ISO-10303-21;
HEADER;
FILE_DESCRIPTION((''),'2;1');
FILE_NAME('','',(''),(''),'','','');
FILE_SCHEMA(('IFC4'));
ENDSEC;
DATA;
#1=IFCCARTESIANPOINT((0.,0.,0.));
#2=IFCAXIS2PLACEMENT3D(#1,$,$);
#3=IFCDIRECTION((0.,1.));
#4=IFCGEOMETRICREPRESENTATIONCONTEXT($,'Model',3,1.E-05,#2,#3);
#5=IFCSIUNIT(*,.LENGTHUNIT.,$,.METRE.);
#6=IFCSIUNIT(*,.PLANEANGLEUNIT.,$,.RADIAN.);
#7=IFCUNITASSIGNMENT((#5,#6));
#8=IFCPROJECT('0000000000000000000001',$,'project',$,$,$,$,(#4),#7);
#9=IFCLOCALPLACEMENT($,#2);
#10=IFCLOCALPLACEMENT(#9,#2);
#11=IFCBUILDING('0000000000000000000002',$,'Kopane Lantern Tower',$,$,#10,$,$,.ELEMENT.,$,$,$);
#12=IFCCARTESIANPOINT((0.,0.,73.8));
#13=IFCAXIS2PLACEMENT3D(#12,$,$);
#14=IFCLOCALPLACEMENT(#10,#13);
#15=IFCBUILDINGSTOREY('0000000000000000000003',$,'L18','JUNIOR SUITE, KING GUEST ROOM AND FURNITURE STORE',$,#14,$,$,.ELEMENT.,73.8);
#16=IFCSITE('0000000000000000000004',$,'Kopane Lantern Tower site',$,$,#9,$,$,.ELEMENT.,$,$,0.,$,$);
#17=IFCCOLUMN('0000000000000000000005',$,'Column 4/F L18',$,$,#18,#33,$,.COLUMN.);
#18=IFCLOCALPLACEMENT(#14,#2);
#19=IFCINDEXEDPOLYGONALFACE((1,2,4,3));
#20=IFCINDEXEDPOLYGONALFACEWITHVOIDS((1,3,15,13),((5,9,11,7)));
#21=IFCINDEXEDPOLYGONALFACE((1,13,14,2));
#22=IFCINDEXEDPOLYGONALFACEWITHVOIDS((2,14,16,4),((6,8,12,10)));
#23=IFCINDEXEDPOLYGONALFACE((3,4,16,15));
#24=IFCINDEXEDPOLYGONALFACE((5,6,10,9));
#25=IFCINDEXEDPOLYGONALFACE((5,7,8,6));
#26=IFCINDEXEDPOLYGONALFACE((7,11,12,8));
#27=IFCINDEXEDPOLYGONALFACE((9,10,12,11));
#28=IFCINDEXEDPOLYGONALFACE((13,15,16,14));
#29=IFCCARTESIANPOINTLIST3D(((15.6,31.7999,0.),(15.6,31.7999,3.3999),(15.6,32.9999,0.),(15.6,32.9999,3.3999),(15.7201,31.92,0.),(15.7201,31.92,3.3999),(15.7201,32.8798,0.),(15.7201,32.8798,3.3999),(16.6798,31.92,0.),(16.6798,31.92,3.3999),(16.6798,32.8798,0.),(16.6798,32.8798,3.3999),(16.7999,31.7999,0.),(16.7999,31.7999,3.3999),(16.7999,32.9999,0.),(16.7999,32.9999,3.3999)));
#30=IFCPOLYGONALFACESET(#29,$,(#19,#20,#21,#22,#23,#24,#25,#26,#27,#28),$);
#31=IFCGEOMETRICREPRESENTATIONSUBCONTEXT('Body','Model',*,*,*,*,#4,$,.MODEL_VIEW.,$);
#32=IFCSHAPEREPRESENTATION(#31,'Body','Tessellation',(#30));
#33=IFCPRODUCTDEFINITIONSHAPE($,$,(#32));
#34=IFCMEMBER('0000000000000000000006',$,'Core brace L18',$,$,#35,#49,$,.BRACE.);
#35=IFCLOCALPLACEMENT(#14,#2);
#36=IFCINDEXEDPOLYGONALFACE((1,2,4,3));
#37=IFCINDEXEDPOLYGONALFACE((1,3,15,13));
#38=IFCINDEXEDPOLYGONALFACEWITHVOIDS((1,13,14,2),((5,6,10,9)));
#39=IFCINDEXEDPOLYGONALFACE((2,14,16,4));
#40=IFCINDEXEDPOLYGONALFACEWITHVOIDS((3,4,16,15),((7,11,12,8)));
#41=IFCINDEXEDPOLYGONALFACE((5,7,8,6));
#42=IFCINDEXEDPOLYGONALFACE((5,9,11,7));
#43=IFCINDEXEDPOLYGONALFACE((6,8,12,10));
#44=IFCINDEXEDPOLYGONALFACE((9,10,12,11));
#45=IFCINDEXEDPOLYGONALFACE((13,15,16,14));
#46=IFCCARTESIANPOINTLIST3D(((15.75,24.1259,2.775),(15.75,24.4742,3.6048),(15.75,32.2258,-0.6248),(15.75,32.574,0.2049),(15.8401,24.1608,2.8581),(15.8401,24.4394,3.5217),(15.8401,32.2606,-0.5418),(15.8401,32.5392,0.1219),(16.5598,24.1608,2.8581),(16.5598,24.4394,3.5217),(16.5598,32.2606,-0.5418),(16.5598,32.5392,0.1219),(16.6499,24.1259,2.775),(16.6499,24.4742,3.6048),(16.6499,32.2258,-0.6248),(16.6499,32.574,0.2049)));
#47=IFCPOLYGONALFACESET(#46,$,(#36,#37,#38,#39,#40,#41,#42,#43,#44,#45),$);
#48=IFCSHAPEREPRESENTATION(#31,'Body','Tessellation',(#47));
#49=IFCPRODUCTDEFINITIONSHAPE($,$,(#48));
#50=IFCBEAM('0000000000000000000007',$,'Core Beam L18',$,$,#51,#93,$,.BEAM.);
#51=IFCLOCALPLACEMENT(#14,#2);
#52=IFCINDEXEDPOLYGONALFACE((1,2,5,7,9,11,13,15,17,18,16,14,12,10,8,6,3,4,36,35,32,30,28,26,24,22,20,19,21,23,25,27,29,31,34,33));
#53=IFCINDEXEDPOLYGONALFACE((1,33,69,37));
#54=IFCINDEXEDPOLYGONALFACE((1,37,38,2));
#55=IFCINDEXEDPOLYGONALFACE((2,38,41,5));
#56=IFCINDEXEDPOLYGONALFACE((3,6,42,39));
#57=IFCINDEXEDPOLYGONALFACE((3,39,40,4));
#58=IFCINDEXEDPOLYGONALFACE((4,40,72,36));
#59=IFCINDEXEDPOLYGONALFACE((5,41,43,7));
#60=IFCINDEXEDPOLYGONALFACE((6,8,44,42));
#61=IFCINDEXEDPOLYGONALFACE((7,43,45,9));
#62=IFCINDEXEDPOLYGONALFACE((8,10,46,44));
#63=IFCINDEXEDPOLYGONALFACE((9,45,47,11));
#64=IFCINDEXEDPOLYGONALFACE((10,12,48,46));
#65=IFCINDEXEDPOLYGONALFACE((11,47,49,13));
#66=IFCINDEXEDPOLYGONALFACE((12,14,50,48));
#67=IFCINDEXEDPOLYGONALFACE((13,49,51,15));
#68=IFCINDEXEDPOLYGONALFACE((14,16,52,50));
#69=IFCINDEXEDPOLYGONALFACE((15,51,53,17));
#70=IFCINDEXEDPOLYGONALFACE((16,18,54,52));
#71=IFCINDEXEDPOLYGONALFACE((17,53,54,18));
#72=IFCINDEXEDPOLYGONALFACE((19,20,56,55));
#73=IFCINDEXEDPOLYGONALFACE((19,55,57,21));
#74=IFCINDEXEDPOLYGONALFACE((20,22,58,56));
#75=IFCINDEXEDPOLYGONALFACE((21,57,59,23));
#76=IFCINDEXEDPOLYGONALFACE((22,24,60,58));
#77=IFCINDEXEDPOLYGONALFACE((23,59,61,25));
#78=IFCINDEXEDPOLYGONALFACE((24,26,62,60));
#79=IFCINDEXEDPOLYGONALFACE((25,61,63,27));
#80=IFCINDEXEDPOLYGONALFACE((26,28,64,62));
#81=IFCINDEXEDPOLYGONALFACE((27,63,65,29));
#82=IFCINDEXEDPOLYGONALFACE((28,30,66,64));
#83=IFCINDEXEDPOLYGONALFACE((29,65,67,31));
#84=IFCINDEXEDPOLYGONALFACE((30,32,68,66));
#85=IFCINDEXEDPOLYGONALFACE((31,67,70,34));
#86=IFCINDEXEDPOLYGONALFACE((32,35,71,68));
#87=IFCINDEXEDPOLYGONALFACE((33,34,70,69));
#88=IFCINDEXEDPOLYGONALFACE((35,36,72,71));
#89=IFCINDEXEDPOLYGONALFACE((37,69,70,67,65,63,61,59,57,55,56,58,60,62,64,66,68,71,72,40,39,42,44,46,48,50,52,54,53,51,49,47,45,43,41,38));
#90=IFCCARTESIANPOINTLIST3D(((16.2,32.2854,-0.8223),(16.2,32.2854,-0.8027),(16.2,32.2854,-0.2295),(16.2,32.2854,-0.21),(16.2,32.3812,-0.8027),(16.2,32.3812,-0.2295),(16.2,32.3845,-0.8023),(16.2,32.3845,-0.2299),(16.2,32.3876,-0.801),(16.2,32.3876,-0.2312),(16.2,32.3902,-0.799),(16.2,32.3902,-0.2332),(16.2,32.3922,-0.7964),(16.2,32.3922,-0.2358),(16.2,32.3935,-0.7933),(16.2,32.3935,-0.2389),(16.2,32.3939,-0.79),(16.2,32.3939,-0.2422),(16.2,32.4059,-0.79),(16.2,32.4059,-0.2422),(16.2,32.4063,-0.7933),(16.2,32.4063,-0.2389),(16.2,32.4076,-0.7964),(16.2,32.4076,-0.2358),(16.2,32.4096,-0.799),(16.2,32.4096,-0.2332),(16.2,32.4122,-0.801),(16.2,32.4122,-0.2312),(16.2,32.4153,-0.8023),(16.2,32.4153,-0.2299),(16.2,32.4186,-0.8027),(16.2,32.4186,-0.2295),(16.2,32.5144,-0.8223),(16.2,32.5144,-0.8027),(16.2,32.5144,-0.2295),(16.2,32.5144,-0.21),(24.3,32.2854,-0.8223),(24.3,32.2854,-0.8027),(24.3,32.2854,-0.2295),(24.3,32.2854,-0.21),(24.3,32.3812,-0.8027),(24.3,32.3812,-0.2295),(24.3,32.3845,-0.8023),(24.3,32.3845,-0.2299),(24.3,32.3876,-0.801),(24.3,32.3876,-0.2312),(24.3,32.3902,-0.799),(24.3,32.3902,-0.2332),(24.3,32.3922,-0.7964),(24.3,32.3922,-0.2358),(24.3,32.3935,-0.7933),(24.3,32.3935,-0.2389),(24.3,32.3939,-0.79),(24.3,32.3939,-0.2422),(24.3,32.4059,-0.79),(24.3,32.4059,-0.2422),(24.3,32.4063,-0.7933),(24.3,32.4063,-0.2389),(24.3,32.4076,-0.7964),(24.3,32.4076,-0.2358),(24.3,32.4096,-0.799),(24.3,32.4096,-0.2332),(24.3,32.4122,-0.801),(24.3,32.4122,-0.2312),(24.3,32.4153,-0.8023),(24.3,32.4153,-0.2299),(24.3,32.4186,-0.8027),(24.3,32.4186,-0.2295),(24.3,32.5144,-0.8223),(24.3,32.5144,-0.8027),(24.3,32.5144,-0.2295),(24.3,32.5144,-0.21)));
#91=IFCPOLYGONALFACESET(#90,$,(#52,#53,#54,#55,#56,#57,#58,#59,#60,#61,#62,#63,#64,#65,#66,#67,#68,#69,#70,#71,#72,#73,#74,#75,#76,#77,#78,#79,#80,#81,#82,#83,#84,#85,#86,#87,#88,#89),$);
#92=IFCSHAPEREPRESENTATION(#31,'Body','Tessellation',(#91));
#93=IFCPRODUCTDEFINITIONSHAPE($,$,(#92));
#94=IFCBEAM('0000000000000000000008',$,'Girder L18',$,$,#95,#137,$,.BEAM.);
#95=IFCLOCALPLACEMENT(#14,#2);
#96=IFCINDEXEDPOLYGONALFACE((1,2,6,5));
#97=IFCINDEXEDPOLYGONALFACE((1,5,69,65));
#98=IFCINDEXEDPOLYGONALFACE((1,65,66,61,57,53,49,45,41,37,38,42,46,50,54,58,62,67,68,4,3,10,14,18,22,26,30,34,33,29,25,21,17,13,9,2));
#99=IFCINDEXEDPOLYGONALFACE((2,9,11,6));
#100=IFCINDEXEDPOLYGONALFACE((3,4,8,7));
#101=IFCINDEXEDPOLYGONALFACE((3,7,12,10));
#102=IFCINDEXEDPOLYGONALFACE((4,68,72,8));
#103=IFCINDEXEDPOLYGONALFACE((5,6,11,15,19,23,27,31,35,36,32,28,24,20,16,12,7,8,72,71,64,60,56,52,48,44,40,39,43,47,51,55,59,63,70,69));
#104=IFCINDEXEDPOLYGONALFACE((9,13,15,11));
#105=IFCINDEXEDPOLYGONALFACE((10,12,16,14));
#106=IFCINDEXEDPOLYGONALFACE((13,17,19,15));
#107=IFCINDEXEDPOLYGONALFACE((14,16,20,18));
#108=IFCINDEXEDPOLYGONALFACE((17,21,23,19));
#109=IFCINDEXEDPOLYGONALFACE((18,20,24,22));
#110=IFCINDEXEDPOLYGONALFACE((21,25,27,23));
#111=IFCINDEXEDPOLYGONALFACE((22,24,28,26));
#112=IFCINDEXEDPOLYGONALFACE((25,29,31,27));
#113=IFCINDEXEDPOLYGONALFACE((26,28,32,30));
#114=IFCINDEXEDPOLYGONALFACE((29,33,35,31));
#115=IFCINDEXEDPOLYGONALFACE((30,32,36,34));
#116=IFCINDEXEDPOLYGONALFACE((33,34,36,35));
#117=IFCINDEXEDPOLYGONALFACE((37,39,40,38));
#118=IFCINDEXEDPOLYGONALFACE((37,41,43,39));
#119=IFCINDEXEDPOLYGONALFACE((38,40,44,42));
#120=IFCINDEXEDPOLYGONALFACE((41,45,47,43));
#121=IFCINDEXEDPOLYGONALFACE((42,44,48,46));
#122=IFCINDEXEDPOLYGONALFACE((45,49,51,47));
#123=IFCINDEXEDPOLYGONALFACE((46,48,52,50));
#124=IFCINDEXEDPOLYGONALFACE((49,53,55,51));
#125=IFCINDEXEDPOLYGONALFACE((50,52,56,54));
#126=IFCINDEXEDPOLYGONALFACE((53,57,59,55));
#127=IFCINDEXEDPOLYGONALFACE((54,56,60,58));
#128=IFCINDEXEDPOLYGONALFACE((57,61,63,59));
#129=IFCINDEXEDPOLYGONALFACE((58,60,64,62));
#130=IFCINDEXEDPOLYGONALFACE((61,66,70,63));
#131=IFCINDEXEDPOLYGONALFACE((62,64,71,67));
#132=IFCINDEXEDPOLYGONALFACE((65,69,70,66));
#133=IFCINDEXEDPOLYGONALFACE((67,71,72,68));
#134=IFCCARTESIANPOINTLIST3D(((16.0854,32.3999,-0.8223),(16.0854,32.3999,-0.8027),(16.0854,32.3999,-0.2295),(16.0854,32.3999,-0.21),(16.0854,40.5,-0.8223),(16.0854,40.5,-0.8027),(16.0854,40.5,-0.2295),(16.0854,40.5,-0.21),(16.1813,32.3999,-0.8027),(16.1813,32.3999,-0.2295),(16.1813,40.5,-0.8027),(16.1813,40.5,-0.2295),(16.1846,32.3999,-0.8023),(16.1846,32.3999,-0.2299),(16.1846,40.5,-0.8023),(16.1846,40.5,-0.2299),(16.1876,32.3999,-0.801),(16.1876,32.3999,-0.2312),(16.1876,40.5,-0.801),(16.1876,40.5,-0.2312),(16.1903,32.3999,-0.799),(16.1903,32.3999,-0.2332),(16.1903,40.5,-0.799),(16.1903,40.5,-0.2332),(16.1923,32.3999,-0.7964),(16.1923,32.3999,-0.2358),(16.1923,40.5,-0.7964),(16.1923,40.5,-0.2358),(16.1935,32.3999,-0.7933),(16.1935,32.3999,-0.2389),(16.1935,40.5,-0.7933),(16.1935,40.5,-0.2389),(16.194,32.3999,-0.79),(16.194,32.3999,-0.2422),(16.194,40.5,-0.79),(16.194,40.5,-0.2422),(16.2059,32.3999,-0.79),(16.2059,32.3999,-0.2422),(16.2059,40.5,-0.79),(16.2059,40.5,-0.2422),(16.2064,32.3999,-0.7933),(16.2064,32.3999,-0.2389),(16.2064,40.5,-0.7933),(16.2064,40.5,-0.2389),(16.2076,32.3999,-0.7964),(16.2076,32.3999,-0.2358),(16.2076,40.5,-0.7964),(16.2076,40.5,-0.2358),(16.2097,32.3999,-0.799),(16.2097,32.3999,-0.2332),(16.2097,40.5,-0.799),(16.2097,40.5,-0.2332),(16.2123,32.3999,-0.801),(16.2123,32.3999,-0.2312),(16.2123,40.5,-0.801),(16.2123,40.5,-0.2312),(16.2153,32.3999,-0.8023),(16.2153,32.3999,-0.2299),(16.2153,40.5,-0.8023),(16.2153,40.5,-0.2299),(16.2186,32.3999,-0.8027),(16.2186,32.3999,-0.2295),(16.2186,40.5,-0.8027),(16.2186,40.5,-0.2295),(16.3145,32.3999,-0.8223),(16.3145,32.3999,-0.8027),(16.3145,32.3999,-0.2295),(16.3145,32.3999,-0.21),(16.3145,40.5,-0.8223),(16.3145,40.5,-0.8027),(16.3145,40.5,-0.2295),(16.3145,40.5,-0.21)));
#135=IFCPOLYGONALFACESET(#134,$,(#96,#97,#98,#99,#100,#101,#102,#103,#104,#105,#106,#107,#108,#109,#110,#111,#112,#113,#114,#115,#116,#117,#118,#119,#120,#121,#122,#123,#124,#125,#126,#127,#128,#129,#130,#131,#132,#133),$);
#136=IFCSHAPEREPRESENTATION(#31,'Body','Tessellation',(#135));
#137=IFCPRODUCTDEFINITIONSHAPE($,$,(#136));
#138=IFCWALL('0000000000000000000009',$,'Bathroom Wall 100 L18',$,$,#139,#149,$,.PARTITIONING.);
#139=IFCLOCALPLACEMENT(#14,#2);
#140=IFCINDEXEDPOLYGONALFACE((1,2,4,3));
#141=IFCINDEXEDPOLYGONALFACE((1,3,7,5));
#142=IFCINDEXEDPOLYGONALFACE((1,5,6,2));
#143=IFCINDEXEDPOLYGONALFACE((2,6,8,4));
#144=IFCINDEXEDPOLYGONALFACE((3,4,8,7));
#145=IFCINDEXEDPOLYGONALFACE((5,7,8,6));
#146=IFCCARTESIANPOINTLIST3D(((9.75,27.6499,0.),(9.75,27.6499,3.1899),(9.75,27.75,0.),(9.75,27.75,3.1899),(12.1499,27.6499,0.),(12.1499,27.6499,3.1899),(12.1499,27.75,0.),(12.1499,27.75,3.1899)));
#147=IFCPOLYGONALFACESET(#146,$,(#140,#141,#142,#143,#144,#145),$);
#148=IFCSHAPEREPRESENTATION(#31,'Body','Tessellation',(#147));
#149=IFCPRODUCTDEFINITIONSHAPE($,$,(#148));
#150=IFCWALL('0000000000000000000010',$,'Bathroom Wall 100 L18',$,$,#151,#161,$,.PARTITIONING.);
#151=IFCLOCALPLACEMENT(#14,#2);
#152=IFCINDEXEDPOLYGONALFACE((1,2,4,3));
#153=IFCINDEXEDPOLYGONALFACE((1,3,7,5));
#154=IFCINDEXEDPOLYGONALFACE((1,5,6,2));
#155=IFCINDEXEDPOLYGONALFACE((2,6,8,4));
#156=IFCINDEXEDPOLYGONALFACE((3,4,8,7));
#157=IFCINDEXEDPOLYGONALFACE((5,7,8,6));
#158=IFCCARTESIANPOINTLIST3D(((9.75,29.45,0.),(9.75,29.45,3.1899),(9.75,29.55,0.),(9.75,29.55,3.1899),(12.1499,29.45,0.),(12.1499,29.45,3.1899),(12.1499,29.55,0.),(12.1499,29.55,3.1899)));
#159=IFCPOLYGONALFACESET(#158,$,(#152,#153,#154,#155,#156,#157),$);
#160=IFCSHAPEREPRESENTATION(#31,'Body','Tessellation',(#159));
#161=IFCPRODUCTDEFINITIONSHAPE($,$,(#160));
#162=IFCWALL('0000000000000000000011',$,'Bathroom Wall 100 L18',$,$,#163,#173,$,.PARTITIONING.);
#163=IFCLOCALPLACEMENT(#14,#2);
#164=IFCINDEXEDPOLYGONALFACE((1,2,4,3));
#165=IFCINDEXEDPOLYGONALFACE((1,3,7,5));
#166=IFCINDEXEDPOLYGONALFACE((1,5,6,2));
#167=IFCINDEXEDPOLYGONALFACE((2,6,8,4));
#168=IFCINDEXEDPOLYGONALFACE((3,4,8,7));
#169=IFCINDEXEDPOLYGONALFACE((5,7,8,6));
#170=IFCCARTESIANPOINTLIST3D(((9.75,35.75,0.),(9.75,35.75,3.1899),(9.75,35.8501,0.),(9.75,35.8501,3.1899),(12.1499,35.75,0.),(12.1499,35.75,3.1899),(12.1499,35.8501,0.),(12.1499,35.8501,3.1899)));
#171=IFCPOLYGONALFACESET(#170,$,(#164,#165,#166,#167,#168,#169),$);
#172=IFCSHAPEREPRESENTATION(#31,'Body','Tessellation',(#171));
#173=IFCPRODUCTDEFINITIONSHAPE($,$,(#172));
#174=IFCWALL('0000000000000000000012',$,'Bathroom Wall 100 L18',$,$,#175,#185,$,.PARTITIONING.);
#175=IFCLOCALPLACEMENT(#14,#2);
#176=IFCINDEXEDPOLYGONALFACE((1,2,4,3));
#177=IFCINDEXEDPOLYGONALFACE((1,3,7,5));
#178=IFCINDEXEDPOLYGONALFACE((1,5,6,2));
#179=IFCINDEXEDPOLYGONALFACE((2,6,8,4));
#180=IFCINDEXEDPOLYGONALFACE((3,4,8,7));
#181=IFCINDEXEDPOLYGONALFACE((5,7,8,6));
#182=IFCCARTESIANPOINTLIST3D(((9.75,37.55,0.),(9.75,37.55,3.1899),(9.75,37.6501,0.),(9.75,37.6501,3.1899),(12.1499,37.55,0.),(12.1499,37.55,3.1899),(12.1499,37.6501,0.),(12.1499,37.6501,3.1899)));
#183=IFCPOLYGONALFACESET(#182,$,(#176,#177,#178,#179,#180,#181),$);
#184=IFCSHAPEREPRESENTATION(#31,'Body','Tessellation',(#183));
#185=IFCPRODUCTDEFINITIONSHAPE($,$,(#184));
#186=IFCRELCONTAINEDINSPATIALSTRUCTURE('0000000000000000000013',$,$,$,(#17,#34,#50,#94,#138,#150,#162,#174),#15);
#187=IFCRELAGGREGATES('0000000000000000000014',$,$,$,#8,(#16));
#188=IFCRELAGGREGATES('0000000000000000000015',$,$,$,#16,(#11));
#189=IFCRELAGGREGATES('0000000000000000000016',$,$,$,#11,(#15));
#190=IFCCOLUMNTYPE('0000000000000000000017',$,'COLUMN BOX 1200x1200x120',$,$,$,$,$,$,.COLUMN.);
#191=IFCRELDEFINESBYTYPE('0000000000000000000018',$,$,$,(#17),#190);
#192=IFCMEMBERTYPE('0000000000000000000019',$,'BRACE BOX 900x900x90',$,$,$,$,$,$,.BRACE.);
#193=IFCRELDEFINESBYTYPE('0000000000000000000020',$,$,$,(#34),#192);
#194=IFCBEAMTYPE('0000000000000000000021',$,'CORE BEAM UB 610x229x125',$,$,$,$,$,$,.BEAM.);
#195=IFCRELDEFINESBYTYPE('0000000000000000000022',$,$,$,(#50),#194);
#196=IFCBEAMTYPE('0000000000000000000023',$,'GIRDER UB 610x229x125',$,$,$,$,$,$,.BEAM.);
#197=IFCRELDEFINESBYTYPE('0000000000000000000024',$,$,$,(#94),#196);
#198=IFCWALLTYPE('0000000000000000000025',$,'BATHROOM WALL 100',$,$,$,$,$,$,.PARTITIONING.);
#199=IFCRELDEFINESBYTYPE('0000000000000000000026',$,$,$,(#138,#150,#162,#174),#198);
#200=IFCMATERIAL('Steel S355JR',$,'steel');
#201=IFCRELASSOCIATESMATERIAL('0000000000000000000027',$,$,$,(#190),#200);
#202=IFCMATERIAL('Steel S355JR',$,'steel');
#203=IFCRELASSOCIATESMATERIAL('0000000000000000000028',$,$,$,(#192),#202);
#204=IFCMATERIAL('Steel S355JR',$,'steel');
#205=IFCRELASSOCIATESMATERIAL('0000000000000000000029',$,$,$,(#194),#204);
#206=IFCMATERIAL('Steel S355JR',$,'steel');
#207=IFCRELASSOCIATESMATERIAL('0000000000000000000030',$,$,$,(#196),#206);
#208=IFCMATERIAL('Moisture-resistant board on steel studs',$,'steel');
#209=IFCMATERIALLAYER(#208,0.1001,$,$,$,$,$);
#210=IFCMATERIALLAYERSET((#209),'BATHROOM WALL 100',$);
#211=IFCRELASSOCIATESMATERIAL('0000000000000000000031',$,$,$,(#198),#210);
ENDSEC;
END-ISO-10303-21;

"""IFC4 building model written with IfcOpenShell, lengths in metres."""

from ifc_helpers import new_model, si_unit, direction, frame, frame_2d, origin, origin_2d, place, context, subcontext, project, spatial, rectangle, hollow_rectangle, i_section, extrude, material, layer, layer_set, material_profile, profile_set, type_object, element, save


model = new_model("IFC4")

# Units and contexts
model_context = context("Model", 3, precision=1e-05, world=origin(), true_north=direction((0.0, 1.0)))
body_context = subcontext(model_context, "Body", "Model", "MODEL_VIEW")
ifc_project = project(units=[si_unit("LENGTHUNIT", "METRE"), si_unit("PLANEANGLEUNIT", "RADIAN")], contexts=[model_context])

# Site, building, storey
site_placement = place(None, origin())
site = spatial("IfcSite", under=ifc_project, at=site_placement, Name="Kopane Lantern Tower site", CompositionType="ELEMENT", RefElevation=0.0)
building_placement = place(site_placement, origin())
building = spatial("IfcBuilding", under=site, at=building_placement, Name="Kopane Lantern Tower", CompositionType="ELEMENT")
storey_placement = place(building_placement, frame((0.0, 0.0, 73.8)))
storey = spatial("IfcBuildingStorey", under=building, at=storey_placement, Name="L18", Description="JUNIOR SUITE, KING GUEST ROOM AND FURNITURE STORE", CompositionType="ELEMENT", Elevation=73.8)

# Column
ifc_material_1 = material(Name="Steel S355JR", Category="steel")
ifc_material_profile_1 = material_profile(ifc_material_1, hollow_rectangle(XDim=1.2, YDim=1.2, WallThickness=0.1201, at=origin_2d()), Name="BOX 1200x1200x120")
ifc_profile_set_1 = profile_set([ifc_material_profile_1], Name="Steel S355JR")
column_type = type_object("IfcColumnType", Name="COLUMN BOX 1200x1200x120", PredefinedType="COLUMN", material=ifc_profile_set_1)
column_placement = place(storey_placement, frame((16.2, 32.3999, 0.0), z_axis=(0.0, 0.0, 1.0), x_axis=(1.0, 0.0, 0.0)))
element("IfcColumn", 1, at=column_placement, inside=storey, type_object=column_type, Name="Column 4/F L18", PredefinedType="COLUMN", context=body_context, shape_type="SweptSolid", body=[
    extrude(hollow_rectangle(XDim=1.2, YDim=1.2, WallThickness=0.1201, at=origin_2d()), origin(), (0.0, 0.0, 1.0), 3.3999),
])

# Member
ifc_material_2 = material(Name="Steel S355JR", Category="steel")
ifc_material_profile_2 = material_profile(ifc_material_2, hollow_rectangle(XDim=0.8999, YDim=0.8999, WallThickness=0.0901, at=origin_2d()), Name="BOX 900x900x90")
ifc_profile_set_2 = profile_set([ifc_material_profile_2], Name="Steel S355JR")
member_type = type_object("IfcMemberType", Name="BRACE BOX 900x900x90", PredefinedType="BRACE", material=ifc_profile_set_2)
member_placement = place(storey_placement, frame((16.2, 32.3999, -0.21), z_axis=(0.0, -0.922065, 0.387035), x_axis=(1.0, 0.0, 0.0)))
element("IfcMember", 2, at=member_placement, inside=storey, type_object=member_type, Name="Core brace L18", PredefinedType="BRACE", context=body_context, shape_type="SweptSolid", body=[
    extrude(hollow_rectangle(XDim=0.8999, YDim=0.8999, WallThickness=0.0901, at=origin_2d()), origin(), (0.0, 0.0, 1.0), 8.7844),
])

# Beams
ifc_material_3 = material(Name="Steel S355JR", Category="steel")
ifc_material_profile_3 = material_profile(ifc_material_3, i_section(OverallWidth=0.229, OverallDepth=0.6123, WebThickness=0.012, FlangeThickness=0.0195, FilletRadius=0.0127, at=origin_2d()), Name="UB 610x229x125")
ifc_profile_set_3 = profile_set([ifc_material_profile_3], Name="Steel S355JR")
beam_type_1 = type_object("IfcBeamType", Name="CORE BEAM UB 610x229x125", PredefinedType="BEAM", material=ifc_profile_set_3)
beam_1_placement = place(storey_placement, frame((16.2, 32.3999, -0.5161), z_axis=(1.0, 0.0, 0.0), x_axis=(0.0, 1.0, 0.0)))
element("IfcBeam", 3, at=beam_1_placement, inside=storey, type_object=beam_type_1, Name="Core Beam L18", PredefinedType="BEAM", context=body_context, shape_type="SweptSolid", body=[
    extrude(i_section(OverallWidth=0.229, OverallDepth=0.6123, WebThickness=0.012, FlangeThickness=0.0195, FilletRadius=0.0127, at=origin_2d()), origin(), (0.0, 0.0, 1.0), 8.1001),
])
ifc_material_4 = material(Name="Steel S355JR", Category="steel")
ifc_material_profile_4 = material_profile(ifc_material_4, i_section(OverallWidth=0.229, OverallDepth=0.6123, WebThickness=0.012, FlangeThickness=0.0195, FilletRadius=0.0127, at=origin_2d()), Name="UB 610x229x125")
ifc_profile_set_4 = profile_set([ifc_material_profile_4], Name="Steel S355JR")
beam_type_2 = type_object("IfcBeamType", Name="GIRDER UB 610x229x125", PredefinedType="BEAM", material=ifc_profile_set_4)
beam_2_placement = place(storey_placement, frame((16.2, 32.3999, -0.5161), z_axis=(0.0, 1.0, 0.0), x_axis=(-1.0, 0.0, 0.0)))
element("IfcBeam", 4, at=beam_2_placement, inside=storey, type_object=beam_type_2, Name="Girder L18", PredefinedType="BEAM", context=body_context, shape_type="SweptSolid", body=[
    extrude(i_section(OverallWidth=0.229, OverallDepth=0.6123, WebThickness=0.012, FlangeThickness=0.0195, FilletRadius=0.0127, at=origin_2d()), origin(), (0.0, 0.0, 1.0), 8.1001),
])

# Walls
ifc_material_5 = material(Name="Moisture-resistant board on steel studs", Category="steel")
ifc_layer_1 = layer(ifc_material_5, 0.1001)
ifc_layer_set_1 = layer_set([ifc_layer_1], Name="BATHROOM WALL 100")
wall_type_1 = type_object("IfcWallType", Name="BATHROOM WALL 100", PredefinedType="PARTITIONING", material=ifc_layer_set_1)
for number, where, z_axis, x_axis, name in (
    (5, (12.1499, 27.7, 0.0), (0.0, 0.0, 1.0), (-1.0, 0.0, 0.0), "Bathroom Wall 100 L18"),
    (6, (12.1499, 29.5, 0.0), (0.0, 0.0, 1.0), (-1.0, 0.0, 0.0), "Bathroom Wall 100 L18"),
    (7, (12.1499, 35.8, 0.0), (0.0, 0.0, 1.0), (-1.0, 0.0, 0.0), "Bathroom Wall 100 L18"),
    (8, (12.1499, 37.6001, 0.0), (0.0, 0.0, 1.0), (-1.0, 0.0, 0.0), "Bathroom Wall 100 L18"),
):
    element("IfcWall", number, at=place(storey_placement, frame(where, z_axis=z_axis, x_axis=x_axis)), inside=storey, type_object=wall_type_1, Name=name, PredefinedType="PARTITIONING", context=body_context, shape_type="SweptSolid", body=[
        extrude(rectangle(XDim=2.3999, YDim=0.1001, at=frame_2d((1.2, 0.0))), origin(), (0.0, 0.0, 1.0), 3.1899),
    ])

save(model, "model.ifc")
